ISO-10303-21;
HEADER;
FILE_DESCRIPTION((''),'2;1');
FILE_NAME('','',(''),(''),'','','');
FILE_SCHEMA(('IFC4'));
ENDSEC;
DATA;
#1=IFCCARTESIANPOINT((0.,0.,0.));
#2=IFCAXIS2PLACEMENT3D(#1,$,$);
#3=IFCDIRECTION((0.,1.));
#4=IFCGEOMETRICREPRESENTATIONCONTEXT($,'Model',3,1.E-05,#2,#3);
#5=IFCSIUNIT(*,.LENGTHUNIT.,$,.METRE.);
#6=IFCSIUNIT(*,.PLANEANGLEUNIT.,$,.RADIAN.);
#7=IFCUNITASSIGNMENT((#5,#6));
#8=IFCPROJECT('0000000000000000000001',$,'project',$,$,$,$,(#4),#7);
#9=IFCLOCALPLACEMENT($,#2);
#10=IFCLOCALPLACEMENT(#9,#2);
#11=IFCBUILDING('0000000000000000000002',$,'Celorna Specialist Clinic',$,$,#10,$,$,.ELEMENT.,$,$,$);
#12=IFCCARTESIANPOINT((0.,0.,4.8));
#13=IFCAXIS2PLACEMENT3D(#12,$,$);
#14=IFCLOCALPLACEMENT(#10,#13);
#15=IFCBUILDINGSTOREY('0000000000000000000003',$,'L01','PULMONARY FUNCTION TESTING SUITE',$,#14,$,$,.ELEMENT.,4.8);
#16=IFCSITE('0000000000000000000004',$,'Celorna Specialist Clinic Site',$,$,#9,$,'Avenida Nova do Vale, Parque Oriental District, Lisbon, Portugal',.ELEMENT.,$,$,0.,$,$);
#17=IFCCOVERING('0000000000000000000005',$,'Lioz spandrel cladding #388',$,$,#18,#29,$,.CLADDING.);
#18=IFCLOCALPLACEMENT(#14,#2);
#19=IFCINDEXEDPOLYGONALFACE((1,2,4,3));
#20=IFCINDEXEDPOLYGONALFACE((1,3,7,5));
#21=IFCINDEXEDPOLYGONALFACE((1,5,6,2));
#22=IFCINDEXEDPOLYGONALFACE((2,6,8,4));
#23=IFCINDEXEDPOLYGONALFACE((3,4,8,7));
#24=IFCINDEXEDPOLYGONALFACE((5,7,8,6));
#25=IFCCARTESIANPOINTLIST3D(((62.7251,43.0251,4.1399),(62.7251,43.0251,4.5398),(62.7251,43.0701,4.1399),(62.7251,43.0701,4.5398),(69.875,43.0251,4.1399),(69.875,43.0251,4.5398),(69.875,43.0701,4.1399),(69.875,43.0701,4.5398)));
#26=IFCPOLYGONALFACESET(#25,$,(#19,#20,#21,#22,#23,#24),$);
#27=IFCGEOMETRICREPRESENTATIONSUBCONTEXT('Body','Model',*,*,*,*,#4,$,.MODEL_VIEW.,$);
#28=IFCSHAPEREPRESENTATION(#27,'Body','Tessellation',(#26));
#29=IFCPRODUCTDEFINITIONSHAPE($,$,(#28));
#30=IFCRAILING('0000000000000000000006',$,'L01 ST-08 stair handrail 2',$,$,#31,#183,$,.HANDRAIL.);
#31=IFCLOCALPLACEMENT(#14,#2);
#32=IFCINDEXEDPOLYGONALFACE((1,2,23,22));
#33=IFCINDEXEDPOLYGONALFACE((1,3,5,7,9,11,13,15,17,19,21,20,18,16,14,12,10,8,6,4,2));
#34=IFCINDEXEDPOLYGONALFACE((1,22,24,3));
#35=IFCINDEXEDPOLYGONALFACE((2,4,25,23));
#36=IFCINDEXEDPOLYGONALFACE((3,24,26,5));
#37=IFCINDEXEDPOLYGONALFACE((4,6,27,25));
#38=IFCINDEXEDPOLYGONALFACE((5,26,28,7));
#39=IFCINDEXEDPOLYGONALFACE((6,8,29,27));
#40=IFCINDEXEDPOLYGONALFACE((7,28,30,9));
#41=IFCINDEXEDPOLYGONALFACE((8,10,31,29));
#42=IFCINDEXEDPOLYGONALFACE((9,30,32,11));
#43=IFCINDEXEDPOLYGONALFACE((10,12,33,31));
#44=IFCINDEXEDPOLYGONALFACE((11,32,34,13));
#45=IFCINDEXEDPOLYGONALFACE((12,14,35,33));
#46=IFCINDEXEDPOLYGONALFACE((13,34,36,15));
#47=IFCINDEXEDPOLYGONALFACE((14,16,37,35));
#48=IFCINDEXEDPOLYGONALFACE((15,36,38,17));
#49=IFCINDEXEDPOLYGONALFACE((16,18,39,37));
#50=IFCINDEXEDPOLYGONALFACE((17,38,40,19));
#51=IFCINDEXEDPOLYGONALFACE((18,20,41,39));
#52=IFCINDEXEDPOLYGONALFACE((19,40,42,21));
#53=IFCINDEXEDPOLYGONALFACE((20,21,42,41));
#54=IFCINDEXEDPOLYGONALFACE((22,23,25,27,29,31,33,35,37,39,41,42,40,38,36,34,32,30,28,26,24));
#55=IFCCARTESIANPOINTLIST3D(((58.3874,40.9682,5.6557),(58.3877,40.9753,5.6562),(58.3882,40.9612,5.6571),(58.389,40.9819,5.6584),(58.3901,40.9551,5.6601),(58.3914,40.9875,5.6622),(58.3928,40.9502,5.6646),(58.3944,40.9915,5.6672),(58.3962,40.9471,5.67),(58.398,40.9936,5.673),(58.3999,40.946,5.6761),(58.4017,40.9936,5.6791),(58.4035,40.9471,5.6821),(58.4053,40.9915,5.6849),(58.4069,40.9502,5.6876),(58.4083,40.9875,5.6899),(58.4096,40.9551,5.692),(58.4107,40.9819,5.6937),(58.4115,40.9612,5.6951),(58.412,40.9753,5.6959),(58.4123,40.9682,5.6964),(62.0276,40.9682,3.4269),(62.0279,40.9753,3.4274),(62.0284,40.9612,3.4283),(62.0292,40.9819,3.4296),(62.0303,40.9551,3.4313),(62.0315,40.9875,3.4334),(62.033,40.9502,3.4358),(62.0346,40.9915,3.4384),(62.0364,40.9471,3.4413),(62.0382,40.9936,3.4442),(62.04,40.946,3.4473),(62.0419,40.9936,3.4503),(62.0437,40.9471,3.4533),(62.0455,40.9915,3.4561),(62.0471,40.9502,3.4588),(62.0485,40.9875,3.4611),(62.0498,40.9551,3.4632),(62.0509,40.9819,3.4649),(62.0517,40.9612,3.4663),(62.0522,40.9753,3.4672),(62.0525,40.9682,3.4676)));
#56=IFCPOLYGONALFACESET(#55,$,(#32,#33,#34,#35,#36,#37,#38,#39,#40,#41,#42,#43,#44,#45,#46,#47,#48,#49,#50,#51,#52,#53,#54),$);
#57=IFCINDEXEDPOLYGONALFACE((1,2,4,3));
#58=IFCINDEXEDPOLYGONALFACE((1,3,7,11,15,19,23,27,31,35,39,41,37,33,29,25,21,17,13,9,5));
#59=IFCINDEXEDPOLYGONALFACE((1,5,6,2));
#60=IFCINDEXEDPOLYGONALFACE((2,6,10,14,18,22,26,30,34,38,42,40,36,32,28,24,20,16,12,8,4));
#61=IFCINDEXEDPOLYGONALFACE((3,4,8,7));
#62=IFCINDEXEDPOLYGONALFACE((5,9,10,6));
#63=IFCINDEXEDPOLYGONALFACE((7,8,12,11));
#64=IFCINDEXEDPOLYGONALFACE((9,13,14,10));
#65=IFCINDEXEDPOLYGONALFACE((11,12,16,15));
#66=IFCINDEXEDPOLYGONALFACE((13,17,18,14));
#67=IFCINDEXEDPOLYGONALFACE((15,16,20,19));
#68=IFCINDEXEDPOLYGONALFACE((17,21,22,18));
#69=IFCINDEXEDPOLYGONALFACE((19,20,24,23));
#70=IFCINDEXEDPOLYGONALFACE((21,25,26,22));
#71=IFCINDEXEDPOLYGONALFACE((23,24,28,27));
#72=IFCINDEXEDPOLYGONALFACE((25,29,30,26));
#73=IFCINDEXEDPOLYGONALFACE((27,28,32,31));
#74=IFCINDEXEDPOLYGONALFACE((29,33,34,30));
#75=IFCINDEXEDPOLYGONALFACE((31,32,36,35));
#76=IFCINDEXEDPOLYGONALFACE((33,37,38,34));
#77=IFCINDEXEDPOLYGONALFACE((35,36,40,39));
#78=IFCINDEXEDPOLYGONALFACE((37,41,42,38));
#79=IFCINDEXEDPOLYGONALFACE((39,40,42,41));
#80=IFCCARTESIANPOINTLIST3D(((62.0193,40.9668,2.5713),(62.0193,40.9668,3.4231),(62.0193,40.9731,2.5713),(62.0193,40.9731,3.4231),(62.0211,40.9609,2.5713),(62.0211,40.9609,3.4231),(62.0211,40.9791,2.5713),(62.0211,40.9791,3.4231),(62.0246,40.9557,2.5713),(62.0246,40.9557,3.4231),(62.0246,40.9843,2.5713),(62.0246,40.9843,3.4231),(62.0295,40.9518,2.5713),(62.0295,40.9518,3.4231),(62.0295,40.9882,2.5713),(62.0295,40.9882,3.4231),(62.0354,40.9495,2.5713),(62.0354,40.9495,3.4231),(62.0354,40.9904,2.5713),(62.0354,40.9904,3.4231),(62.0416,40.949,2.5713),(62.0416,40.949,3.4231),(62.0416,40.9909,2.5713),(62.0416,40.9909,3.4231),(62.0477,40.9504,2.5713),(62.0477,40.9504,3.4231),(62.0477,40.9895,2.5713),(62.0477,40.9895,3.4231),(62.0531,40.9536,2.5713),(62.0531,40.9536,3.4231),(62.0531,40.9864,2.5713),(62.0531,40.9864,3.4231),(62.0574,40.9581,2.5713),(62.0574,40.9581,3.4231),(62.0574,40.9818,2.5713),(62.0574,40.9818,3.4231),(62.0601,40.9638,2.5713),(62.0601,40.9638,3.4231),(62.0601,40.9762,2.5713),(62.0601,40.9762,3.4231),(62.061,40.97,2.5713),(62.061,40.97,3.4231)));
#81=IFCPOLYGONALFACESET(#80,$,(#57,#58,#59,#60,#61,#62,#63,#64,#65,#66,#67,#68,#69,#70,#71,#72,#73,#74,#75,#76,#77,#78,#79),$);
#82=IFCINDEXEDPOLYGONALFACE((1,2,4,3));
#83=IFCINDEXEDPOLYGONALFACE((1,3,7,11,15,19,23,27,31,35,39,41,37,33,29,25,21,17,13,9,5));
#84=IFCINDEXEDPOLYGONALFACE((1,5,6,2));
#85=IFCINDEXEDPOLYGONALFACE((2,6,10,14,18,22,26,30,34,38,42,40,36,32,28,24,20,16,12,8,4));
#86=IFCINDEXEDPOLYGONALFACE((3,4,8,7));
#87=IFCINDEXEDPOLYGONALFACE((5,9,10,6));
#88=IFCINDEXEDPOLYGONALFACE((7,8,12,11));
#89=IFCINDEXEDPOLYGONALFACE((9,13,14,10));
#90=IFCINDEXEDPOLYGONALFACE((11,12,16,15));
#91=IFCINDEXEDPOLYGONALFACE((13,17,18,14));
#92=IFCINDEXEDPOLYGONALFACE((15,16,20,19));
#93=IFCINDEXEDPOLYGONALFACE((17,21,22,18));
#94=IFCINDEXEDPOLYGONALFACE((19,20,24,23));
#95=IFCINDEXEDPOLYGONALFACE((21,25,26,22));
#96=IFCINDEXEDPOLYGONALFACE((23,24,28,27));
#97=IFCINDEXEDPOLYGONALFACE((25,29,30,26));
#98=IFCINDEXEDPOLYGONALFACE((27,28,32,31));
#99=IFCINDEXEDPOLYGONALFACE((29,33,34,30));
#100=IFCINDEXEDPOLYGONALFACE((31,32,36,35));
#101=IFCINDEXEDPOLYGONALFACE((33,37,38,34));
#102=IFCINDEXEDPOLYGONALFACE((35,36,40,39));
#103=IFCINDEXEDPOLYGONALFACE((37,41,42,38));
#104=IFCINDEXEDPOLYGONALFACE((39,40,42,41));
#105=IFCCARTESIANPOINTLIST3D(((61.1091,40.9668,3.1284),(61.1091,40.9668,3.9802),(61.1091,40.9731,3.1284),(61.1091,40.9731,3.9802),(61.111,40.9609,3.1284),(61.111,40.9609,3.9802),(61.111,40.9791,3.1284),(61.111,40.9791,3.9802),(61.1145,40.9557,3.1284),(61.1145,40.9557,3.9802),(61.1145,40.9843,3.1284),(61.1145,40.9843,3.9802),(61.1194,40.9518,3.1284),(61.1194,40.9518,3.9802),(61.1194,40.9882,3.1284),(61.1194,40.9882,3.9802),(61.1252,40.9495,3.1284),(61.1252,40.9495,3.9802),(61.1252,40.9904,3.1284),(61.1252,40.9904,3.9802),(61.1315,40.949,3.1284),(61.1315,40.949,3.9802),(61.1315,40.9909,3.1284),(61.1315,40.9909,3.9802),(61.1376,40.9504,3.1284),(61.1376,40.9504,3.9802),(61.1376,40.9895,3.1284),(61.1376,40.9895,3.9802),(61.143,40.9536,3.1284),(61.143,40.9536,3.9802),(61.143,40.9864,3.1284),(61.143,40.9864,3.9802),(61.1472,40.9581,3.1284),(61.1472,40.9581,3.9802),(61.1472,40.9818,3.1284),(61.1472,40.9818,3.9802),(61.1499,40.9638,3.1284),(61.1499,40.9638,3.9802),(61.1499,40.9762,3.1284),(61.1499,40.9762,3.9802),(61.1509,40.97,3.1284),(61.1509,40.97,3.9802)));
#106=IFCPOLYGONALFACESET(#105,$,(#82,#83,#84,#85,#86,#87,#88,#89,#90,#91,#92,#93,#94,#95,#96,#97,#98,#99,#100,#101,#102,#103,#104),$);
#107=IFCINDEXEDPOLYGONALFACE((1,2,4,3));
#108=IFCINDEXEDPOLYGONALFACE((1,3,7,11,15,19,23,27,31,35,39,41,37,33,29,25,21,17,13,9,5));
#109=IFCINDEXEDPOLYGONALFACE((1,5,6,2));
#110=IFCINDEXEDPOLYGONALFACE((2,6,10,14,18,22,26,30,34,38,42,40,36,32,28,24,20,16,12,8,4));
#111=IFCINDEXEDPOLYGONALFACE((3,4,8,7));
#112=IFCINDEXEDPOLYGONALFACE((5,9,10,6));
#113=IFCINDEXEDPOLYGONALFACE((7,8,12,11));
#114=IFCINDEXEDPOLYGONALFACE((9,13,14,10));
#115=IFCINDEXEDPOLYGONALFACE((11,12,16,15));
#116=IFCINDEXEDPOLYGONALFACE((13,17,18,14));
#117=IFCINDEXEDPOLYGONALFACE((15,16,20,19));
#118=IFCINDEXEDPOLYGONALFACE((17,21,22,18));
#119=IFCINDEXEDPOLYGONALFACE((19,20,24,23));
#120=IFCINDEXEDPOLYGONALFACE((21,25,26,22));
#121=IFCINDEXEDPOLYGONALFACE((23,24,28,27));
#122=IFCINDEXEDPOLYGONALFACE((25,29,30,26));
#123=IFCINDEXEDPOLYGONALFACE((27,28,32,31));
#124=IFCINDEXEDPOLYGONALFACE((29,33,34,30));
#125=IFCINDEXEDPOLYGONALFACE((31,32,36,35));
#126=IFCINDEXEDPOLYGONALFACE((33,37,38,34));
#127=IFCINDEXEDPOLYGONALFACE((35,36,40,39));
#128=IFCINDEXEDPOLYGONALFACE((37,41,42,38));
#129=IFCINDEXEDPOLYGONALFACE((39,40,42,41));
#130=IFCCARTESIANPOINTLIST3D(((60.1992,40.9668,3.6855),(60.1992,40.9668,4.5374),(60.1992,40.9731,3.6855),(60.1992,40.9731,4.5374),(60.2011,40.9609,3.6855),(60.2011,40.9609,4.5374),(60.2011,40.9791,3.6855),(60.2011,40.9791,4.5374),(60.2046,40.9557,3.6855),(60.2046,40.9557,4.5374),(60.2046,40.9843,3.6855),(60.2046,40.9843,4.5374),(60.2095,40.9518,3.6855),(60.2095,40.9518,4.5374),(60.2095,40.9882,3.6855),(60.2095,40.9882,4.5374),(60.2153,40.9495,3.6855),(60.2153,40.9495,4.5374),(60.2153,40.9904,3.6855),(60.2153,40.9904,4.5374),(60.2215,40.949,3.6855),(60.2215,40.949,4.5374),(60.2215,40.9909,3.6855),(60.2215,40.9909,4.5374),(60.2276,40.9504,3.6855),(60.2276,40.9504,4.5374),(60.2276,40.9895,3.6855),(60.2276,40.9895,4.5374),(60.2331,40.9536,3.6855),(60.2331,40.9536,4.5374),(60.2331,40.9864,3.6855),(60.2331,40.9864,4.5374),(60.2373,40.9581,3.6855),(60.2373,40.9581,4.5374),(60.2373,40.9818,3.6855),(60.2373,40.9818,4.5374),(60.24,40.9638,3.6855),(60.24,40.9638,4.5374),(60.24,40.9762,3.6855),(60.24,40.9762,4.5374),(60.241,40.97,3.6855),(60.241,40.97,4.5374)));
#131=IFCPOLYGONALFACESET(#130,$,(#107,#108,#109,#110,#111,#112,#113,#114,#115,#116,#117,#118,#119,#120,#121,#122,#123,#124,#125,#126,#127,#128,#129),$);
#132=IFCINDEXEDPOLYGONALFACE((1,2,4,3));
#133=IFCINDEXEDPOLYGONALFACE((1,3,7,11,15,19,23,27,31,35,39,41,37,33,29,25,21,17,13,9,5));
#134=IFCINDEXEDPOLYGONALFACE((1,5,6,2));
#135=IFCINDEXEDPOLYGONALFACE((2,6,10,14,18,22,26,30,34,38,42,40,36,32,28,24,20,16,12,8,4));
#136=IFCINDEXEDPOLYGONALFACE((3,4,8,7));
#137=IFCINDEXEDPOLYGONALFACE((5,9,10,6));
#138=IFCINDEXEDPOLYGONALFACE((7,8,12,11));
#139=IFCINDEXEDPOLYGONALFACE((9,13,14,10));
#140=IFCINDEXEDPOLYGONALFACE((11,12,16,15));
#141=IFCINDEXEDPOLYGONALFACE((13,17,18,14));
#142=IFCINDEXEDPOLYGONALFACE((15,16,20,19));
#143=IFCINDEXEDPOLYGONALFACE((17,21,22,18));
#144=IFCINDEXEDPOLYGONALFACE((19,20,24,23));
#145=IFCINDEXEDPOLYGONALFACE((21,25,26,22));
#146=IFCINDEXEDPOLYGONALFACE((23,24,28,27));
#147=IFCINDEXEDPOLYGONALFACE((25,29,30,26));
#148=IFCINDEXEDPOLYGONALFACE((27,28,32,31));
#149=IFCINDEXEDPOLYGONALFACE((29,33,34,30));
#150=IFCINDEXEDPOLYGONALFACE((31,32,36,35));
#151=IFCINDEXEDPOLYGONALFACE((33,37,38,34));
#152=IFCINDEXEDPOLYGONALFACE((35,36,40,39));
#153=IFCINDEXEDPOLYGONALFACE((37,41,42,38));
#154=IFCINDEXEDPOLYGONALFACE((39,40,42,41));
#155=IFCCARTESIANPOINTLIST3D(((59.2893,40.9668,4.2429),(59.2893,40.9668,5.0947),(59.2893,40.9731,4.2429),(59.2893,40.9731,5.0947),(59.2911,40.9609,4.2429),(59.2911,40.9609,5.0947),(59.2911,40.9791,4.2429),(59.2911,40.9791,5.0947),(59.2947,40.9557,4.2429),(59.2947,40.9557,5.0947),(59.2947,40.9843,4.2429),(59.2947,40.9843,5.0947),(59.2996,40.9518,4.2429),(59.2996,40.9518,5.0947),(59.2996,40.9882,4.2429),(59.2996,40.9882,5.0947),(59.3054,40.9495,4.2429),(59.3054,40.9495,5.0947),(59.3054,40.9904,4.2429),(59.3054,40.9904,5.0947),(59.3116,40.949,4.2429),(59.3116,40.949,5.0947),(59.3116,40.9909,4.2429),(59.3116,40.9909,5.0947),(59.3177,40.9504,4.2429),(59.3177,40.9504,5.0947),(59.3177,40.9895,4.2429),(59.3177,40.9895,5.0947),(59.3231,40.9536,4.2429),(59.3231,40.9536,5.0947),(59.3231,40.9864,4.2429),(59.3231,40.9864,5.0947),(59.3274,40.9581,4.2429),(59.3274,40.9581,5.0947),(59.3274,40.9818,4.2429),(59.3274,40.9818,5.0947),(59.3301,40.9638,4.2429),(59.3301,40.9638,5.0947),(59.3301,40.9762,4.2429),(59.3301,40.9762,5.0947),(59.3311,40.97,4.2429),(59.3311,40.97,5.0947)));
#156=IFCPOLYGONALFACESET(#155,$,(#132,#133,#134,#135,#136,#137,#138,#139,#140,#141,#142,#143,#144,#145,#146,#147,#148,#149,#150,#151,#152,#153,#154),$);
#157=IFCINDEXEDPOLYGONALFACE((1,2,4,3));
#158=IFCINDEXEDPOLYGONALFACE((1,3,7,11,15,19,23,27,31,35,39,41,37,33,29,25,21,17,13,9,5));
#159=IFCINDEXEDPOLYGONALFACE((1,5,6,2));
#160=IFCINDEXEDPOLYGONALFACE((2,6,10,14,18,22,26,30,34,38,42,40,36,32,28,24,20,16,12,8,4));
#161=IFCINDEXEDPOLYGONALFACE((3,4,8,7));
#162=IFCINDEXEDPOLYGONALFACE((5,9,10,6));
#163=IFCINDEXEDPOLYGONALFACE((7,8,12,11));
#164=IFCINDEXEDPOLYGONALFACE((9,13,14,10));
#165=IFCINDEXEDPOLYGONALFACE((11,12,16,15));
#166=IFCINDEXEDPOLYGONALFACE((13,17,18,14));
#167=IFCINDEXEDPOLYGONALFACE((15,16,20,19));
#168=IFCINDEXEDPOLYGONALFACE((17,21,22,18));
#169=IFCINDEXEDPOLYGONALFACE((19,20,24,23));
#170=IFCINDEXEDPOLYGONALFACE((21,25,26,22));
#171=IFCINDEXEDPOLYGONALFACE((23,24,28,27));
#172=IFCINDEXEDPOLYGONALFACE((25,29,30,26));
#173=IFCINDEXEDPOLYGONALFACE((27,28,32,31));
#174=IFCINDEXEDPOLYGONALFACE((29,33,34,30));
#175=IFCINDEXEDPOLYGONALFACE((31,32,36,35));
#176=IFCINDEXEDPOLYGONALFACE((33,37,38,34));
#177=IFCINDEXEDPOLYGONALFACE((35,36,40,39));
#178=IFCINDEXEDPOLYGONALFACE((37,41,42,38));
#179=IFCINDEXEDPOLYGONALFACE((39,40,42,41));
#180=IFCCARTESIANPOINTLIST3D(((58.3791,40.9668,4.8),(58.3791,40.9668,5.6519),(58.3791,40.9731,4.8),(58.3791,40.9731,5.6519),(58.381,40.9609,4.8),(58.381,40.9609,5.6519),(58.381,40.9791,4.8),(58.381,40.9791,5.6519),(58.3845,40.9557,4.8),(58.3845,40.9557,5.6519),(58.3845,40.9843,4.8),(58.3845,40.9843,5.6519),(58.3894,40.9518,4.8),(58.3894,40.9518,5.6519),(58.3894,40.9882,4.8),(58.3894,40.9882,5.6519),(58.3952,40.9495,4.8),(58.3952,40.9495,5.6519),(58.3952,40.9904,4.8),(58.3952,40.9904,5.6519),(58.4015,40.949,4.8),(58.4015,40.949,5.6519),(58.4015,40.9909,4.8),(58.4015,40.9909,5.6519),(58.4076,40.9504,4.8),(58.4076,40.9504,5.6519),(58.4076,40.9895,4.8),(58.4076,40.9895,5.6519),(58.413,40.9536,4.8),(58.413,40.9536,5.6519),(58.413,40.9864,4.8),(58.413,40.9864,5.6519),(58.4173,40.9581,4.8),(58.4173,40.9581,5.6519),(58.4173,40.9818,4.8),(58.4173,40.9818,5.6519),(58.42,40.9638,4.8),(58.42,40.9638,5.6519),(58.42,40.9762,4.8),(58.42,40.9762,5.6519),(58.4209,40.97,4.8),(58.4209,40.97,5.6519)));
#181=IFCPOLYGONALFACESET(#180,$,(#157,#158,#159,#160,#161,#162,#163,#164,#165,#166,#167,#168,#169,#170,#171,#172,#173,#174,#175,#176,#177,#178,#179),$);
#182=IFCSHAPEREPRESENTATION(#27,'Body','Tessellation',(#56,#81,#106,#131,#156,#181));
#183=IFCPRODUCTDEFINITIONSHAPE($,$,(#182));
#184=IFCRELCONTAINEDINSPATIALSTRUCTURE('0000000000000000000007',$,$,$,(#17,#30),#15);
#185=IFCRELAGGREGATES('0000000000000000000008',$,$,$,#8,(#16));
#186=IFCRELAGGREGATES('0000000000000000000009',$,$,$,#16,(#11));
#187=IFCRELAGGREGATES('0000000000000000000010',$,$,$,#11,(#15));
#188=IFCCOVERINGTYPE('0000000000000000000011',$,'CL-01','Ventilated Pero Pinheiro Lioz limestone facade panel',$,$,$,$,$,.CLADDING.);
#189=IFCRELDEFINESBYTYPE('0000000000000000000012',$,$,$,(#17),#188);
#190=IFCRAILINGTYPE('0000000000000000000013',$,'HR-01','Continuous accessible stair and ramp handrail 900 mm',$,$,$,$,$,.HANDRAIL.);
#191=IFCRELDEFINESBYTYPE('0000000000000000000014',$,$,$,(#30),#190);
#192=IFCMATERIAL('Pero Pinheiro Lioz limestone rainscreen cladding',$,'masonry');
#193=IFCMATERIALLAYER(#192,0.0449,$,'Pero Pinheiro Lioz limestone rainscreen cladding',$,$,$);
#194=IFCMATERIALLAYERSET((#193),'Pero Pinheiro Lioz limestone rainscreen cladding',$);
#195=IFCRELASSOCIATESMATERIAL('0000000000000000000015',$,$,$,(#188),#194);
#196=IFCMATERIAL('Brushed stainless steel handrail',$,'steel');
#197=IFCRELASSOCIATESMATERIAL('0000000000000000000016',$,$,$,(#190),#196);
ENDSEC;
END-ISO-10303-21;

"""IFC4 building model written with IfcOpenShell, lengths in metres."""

from ifc_helpers import new_model, si_unit, direction, frame, origin, origin_2d, place, context, subcontext, project, spatial, rectangle, circle, extrude, material, layer, layer_set, type_object, element, save


model = new_model("IFC4")

# Units and contexts
model_context = context("Model", 3, precision=1e-05, world=origin(), true_north=direction((0.0, 1.0)))
body_context = subcontext(model_context, "Body", "Model", "MODEL_VIEW")
ifc_project = project(units=[si_unit("LENGTHUNIT", "METRE"), si_unit("PLANEANGLEUNIT", "RADIAN")], contexts=[model_context])

# Site, building, storey
site_placement = place(None, origin())
site = spatial("IfcSite", under=ifc_project, at=site_placement, Name="Celorna Specialist Clinic Site", LongName="Avenida Nova do Vale, Parque Oriental District, Lisbon, Portugal", CompositionType="ELEMENT", RefElevation=0.0)
building_placement = place(site_placement, origin())
building = spatial("IfcBuilding", under=site, at=building_placement, Name="Celorna Specialist Clinic", CompositionType="ELEMENT")
storey_placement = place(building_placement, frame((0.0, 0.0, 4.8)))
storey = spatial("IfcBuildingStorey", under=building, at=storey_placement, Name="L01", Description="PULMONARY FUNCTION TESTING SUITE", CompositionType="ELEMENT", Elevation=4.8)

# Covering
ifc_material_1 = material(Name="Pero Pinheiro Lioz limestone rainscreen cladding", Category="masonry")
ifc_layer_1 = layer(ifc_material_1, 0.0449, Name="Pero Pinheiro Lioz limestone rainscreen cladding")
ifc_layer_set_1 = layer_set([ifc_layer_1], Name="Pero Pinheiro Lioz limestone rainscreen cladding")
covering_type = type_object("IfcCoveringType", Name="CL-01", Description="Ventilated Pero Pinheiro Lioz limestone facade panel", PredefinedType="CLADDING", material=ifc_layer_set_1)
covering_placement = place(storey_placement, frame((66.3, 43.0476, 4.1399), z_axis=(0.0, 0.0, 1.0), x_axis=(1.0, 0.0, 0.0)))
element("IfcCovering", 1, at=covering_placement, inside=storey, type_object=covering_type, Name="Lioz spandrel cladding #388", PredefinedType="CLADDING", context=body_context, shape_type="SweptSolid", body=[
    extrude(rectangle(XDim=7.1499, YDim=0.0449, at=origin_2d()), origin(), (0.0, 0.0, 1.0), 0.3999),
])

# Railing
ifc_material_2 = material(Name="Brushed stainless steel handrail", Category="steel")
railing_type = type_object("IfcRailingType", Name="HR-01", Description="Continuous accessible stair and ramp handrail 900 mm", PredefinedType="HANDRAIL", material=ifc_material_2)
railing_placement = place(storey_placement, frame((62.04, 40.97, 2.5713)))
element("IfcRailing", 2, at=railing_placement, inside=storey, type_object=railing_type, Name="L01 ST-08 stair handrail 2", PredefinedType="HANDRAIL", context=body_context, shape_type="SweptSolid", body=[
    extrude(circle(Radius=0.0239, at=origin_2d()), frame((0.0, 0.0, 0.876), z_axis=(-0.85284, 0.0, 0.522172), x_axis=(0.0, -1.0, 0.0)), (0.0, 0.0, 1.0), 4.2683),
    extrude(circle(Radius=0.021, at=origin_2d()), origin(), (0.0, 0.0, 1.0), 0.8518),
    extrude(circle(Radius=0.021, at=origin_2d()), frame((-0.9102, 0.0, 0.5571)), (0.0, 0.0, 1.0), 0.8518),
    extrude(circle(Radius=0.021, at=origin_2d()), frame((-1.8201, 0.0, 1.1143)), (0.0, 0.0, 1.0), 0.8518),
    extrude(circle(Radius=0.021, at=origin_2d()), frame((-2.73, 0.0, 1.6716)), (0.0, 0.0, 1.0), 0.8518),
    extrude(circle(Radius=0.021, at=origin_2d()), frame((-3.6401, 0.0, 2.2288)), (0.0, 0.0, 1.0), 0.8518),
])

save(model, "model.ifc")
